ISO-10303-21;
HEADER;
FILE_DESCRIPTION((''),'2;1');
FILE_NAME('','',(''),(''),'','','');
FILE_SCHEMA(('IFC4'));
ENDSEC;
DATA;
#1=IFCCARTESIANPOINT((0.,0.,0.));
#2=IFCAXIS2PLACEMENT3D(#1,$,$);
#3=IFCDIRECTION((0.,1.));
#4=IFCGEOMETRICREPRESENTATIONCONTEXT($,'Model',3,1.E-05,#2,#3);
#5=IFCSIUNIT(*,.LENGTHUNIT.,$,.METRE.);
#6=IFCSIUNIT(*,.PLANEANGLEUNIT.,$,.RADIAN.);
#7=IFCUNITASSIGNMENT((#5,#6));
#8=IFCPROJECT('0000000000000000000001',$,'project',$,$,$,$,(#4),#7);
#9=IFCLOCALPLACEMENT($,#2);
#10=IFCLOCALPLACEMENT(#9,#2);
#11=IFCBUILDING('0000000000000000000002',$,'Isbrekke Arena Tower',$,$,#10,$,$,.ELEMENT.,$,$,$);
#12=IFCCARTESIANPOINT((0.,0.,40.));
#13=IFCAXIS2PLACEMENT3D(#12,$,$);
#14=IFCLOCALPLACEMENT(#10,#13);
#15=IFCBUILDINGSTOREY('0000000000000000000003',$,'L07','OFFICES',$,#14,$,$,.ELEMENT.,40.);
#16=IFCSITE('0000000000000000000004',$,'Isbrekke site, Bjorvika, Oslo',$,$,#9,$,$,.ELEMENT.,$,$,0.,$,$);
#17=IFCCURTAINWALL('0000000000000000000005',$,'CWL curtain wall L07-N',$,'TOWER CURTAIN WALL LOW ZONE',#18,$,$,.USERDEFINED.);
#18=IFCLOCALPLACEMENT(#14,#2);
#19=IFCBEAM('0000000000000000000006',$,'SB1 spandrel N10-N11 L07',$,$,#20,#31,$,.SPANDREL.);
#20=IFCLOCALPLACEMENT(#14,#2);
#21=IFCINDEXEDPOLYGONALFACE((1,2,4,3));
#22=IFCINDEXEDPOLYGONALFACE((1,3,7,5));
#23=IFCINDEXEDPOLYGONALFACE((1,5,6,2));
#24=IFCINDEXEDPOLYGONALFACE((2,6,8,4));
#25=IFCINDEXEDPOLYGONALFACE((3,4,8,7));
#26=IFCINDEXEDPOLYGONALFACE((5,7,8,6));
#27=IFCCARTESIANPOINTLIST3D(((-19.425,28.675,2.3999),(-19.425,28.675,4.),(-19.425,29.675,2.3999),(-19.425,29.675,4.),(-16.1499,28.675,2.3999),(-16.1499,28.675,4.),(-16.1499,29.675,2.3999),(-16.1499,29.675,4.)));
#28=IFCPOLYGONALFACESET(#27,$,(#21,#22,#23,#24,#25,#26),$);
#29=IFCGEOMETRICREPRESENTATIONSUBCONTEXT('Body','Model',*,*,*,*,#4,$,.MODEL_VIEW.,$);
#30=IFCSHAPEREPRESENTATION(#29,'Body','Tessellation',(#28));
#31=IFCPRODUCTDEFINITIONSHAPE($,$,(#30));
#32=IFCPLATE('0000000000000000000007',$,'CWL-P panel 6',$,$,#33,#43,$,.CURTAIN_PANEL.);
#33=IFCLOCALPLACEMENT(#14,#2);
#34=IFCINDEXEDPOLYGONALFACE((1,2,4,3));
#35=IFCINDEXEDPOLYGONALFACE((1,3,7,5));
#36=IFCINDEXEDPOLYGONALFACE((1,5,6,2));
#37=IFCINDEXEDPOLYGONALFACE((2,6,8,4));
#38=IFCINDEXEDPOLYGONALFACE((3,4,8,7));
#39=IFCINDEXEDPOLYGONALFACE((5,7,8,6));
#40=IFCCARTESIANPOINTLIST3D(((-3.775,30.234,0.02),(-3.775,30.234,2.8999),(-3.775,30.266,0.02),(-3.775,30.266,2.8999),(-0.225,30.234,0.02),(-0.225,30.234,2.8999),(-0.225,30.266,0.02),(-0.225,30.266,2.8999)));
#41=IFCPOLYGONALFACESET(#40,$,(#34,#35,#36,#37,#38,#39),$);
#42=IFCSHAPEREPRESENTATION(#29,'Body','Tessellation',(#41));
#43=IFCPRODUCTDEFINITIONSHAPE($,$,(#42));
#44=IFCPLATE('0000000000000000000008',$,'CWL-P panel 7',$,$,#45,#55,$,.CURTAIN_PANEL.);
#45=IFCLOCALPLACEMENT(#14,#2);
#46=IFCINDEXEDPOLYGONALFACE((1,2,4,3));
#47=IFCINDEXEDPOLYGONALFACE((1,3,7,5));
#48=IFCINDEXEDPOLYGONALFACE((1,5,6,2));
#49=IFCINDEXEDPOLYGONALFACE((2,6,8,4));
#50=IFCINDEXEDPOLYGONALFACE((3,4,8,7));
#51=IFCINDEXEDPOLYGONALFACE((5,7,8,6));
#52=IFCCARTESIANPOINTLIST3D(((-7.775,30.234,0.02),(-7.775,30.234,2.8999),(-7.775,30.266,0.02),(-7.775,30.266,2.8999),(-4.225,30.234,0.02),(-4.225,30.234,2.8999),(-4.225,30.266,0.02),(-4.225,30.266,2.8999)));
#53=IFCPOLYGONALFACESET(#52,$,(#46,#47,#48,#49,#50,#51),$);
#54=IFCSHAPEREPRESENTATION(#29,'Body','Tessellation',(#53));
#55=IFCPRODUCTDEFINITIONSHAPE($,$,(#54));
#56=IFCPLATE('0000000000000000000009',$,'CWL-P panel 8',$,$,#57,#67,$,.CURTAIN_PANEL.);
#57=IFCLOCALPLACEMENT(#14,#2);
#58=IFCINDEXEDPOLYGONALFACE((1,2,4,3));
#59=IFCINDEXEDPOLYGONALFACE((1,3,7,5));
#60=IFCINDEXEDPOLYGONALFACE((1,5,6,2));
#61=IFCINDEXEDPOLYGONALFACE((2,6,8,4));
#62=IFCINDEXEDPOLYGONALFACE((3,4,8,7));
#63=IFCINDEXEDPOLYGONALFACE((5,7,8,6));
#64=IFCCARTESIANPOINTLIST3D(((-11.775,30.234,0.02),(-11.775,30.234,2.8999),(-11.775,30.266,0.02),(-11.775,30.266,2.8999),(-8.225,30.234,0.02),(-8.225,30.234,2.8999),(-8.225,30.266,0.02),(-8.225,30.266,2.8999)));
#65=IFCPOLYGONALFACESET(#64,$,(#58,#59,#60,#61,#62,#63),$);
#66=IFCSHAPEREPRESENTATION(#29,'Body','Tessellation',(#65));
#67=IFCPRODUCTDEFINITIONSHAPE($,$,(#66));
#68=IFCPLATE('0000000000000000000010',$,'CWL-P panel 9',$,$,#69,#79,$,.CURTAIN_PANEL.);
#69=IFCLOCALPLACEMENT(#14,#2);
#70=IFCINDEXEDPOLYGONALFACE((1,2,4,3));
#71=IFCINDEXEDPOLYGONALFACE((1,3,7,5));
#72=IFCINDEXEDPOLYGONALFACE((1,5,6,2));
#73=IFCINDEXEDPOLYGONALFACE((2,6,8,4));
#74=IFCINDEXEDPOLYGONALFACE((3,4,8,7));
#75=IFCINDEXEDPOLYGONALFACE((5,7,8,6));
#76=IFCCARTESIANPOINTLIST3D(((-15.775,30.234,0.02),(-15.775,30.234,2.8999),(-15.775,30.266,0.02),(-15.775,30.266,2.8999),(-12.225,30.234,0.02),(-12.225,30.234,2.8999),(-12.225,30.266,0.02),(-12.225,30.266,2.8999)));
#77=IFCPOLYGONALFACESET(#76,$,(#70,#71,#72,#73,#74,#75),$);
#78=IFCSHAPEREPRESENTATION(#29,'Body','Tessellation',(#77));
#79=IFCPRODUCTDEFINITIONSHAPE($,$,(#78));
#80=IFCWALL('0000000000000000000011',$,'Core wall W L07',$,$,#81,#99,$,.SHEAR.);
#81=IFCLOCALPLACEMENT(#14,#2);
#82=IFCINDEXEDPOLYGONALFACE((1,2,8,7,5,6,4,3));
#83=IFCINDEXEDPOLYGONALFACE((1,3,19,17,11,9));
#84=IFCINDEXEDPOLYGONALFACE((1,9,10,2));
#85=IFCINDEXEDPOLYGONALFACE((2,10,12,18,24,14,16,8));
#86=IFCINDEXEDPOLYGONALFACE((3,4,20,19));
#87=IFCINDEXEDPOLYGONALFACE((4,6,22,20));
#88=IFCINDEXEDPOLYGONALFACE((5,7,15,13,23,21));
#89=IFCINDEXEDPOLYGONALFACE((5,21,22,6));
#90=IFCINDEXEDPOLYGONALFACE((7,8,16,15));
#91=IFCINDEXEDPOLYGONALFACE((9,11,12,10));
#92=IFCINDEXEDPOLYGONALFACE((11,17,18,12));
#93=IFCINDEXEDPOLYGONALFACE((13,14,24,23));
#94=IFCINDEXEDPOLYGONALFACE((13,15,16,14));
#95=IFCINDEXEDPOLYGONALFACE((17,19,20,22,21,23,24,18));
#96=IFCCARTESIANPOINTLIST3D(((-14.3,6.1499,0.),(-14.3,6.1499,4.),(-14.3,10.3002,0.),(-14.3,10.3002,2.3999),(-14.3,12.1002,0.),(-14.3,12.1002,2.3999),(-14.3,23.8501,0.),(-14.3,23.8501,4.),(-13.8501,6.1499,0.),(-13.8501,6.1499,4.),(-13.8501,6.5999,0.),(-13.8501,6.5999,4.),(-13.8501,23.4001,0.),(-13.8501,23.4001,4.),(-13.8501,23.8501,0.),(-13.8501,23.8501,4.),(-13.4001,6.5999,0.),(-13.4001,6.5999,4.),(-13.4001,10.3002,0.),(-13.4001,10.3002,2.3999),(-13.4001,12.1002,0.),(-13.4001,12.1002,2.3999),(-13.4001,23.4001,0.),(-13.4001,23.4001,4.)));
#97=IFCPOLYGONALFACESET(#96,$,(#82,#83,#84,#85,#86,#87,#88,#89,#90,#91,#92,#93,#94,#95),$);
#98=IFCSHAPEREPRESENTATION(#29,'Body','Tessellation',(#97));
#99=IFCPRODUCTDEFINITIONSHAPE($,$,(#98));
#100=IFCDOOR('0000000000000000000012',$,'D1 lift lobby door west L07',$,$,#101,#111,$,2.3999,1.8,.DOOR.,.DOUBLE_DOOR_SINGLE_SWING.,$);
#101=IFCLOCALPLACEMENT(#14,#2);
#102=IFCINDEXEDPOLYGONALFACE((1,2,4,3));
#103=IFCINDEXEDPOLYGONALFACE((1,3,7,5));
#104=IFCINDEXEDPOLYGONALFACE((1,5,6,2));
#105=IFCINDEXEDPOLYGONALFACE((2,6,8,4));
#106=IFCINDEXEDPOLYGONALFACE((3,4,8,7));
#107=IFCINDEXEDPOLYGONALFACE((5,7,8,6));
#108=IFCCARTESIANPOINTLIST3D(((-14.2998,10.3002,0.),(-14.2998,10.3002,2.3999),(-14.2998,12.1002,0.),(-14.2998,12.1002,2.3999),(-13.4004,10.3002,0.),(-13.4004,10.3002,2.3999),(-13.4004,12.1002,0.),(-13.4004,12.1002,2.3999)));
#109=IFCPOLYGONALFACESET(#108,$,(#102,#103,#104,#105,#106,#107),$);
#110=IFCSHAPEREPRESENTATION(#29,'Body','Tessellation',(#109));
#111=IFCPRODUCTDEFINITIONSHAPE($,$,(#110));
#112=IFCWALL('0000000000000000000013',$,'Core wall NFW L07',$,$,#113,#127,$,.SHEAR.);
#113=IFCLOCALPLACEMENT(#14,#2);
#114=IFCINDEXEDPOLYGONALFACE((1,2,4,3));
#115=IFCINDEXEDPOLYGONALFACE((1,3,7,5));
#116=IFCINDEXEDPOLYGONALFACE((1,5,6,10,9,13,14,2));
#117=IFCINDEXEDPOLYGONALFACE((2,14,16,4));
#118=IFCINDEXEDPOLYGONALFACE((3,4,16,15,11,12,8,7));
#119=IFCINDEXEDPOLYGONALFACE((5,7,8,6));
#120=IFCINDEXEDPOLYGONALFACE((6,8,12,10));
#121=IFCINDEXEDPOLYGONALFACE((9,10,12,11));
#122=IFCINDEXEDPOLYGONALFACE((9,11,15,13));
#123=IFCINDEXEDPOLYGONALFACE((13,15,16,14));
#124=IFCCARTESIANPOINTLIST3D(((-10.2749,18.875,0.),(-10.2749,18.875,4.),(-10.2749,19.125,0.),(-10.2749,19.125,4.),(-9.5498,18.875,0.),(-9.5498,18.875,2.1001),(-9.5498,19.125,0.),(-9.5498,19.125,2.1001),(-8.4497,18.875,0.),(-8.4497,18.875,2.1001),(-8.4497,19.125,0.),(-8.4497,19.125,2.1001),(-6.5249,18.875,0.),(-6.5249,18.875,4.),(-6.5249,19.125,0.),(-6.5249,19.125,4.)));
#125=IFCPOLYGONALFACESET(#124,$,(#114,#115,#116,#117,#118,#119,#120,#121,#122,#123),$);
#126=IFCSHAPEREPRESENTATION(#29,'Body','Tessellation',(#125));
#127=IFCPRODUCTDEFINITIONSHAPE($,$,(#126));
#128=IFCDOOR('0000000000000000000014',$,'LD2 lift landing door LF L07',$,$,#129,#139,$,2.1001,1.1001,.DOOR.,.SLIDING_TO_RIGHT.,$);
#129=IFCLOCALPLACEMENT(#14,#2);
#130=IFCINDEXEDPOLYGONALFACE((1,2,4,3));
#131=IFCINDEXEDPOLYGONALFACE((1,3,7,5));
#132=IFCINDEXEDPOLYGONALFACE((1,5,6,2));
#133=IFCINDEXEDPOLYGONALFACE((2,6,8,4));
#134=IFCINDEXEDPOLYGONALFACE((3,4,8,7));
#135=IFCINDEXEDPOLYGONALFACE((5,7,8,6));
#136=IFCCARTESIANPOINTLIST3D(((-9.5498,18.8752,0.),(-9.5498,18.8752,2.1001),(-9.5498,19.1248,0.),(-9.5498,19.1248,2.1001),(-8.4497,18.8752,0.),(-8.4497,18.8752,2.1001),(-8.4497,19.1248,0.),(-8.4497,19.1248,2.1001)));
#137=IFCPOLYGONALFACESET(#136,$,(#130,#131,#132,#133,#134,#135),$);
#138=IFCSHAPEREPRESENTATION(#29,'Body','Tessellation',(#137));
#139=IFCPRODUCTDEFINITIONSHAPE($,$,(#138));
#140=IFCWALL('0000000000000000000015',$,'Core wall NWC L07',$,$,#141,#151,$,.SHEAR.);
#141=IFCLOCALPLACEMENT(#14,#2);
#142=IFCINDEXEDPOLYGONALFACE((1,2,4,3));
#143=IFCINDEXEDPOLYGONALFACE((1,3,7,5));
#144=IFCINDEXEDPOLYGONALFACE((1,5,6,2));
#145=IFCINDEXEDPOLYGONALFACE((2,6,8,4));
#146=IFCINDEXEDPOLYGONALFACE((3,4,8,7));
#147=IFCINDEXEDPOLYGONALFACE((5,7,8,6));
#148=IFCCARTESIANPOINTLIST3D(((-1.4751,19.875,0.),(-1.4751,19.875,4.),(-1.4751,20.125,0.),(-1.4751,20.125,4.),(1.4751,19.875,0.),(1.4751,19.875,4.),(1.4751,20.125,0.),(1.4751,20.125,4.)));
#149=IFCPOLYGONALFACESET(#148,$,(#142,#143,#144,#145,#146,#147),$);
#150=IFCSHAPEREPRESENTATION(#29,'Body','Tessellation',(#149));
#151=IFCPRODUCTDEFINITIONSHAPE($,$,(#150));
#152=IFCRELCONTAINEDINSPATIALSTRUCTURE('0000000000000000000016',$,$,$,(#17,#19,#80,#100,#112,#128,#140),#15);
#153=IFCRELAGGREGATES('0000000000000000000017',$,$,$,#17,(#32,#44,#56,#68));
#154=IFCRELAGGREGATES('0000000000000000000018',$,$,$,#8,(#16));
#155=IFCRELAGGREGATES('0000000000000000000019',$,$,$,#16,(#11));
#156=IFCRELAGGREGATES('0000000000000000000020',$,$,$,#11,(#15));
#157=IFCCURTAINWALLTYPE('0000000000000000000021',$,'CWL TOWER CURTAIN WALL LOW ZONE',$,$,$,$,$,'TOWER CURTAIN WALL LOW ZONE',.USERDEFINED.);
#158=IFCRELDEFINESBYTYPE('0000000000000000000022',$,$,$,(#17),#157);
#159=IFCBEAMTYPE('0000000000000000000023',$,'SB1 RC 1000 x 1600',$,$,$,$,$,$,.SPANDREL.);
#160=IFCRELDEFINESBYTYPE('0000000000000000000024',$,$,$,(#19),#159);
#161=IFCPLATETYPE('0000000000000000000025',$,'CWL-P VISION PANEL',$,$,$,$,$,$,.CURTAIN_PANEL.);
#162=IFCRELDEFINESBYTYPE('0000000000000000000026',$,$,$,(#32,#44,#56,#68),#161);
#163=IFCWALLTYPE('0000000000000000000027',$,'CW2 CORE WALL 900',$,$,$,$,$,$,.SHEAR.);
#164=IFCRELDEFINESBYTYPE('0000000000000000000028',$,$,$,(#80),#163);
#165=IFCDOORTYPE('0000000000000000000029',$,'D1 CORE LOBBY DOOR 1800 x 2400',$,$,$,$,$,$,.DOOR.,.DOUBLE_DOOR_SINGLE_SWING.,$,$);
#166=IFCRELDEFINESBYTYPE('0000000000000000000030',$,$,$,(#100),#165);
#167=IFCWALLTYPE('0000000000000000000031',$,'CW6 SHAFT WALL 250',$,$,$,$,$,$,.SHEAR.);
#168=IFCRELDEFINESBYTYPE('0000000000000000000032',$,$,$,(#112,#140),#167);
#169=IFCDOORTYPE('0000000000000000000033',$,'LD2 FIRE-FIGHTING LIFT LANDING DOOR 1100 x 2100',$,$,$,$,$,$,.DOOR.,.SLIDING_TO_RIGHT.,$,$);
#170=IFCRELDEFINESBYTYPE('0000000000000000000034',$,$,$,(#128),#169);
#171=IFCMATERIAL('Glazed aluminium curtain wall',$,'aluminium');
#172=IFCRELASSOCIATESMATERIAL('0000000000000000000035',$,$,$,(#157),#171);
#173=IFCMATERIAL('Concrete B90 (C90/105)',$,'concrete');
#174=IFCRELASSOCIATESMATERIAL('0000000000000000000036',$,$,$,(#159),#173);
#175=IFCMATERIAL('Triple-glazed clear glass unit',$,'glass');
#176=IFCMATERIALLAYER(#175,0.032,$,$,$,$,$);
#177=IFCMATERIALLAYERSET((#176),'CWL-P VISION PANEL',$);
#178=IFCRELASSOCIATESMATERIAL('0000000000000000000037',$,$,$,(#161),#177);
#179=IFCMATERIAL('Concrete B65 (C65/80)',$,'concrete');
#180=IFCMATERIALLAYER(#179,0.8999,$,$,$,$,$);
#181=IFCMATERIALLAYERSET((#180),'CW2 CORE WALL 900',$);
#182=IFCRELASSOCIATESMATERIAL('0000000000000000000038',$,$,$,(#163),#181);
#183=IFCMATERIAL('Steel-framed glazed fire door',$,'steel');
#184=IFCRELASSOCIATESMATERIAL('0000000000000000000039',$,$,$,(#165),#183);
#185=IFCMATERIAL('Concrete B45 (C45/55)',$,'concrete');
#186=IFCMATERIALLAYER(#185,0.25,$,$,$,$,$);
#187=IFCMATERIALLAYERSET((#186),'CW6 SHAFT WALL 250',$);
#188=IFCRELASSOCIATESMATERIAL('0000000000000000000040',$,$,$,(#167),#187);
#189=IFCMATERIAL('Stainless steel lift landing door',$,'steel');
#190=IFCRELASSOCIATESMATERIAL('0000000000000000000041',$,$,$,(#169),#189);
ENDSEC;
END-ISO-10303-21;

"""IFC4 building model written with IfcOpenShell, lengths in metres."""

from ifc_helpers import new_model, si_unit, direction, frame, frame_2d, origin, origin_2d, place, context, subcontext, project, spatial, polyline, rectangle, outline, extrude, material, layer, layer_set, material_profile, profile_set, type_object, element, fill, aggregate, save


model = new_model("IFC4")

# Units and contexts
model_context = context("Model", 3, precision=1e-05, world=origin(), true_north=direction((0.0, 1.0)))
body_context = subcontext(model_context, "Body", "Model", "MODEL_VIEW")
ifc_project = project(units=[si_unit("LENGTHUNIT", "METRE"), si_unit("PLANEANGLEUNIT", "RADIAN")], contexts=[model_context])

# Site, building, storey
site_placement = place(None, origin())
site = spatial("IfcSite", under=ifc_project, at=site_placement, Name="Isbrekke site, Bjorvika, Oslo", CompositionType="ELEMENT", RefElevation=0.0)
building_placement = place(site_placement, origin())
building = spatial("IfcBuilding", under=site, at=building_placement, Name="Isbrekke Arena Tower", CompositionType="ELEMENT")
storey_placement = place(building_placement, frame((0.0, 0.0, 40.0)))
storey = spatial("IfcBuildingStorey", under=building, at=storey_placement, Name="L07", Description="OFFICES", CompositionType="ELEMENT", Elevation=40.0)

# Curtain wall
ifc_material_1 = material(Name="Glazed aluminium curtain wall", Category="aluminium")
curtain_wall_type = type_object("IfcCurtainWallType", Name="CWL TOWER CURTAIN WALL LOW ZONE", ElementType="TOWER CURTAIN WALL LOW ZONE", PredefinedType="USERDEFINED", material=ifc_material_1)
curtain_wall_placement = place(storey_placement, origin())
curtain_wall = element("IfcCurtainWall", 1, at=curtain_wall_placement, inside=storey, type_object=curtain_wall_type, Name="CWL curtain wall L07-N", ObjectType="TOWER CURTAIN WALL LOW ZONE", PredefinedType="USERDEFINED")

# Beam
ifc_material_2 = material(Name="Concrete B90 (C90/105)", Category="concrete")
ifc_material_profile_1 = material_profile(ifc_material_2, rectangle(XDim=1.0, YDim=1.6001, at=origin_2d()), Name="RC 1000x1600")
ifc_profile_set_1 = profile_set([ifc_material_profile_1], Name="Concrete B90 (C90/105)")
beam_type_1 = type_object("IfcBeamType", Name="SB1 RC 1000 x 1600", PredefinedType="SPANDREL", material=ifc_profile_set_1)
beam_1_placement = place(storey_placement, frame((-16.1499, 29.175, 3.2), z_axis=(-1.0, 0.0, 0.0), x_axis=(0.0, -1.0, 0.0)))
element("IfcBeam", 2, at=beam_1_placement, inside=storey, type_object=beam_type_1, Name="SB1 spandrel N10-N11 L07", PredefinedType="SPANDREL", context=body_context, shape_type="SweptSolid", body=[
    extrude(rectangle(XDim=1.0, YDim=1.6001, at=origin_2d()), origin(), (0.0, 0.0, 1.0), 3.2751),
])

# Plates
ifc_material_3 = material(Name="Triple-glazed clear glass unit", Category="glass")
ifc_layer_1 = layer(ifc_material_3, 0.032)
ifc_layer_set_1 = layer_set([ifc_layer_1], Name="CWL-P VISION PANEL")
plate_type = type_object("IfcPlateType", Name="CWL-P VISION PANEL", PredefinedType="CURTAIN_PANEL", material=ifc_layer_set_1)
plate_1_placement = place(storey_placement, frame((-2.0, 30.25, 0.02), z_axis=(0.0, 0.0, 1.0), x_axis=(-1.0, 0.0, 0.0)))
plate_1 = element("IfcPlate", 3, at=plate_1_placement, type_object=plate_type, Name="CWL-P panel 6", PredefinedType="CURTAIN_PANEL", context=body_context, shape_type="SweptSolid", body=[
    extrude(rectangle(XDim=3.55, YDim=0.032, at=origin_2d()), origin(), (0.0, 0.0, 1.0), 2.8799),
])
plate_2_placement = place(storey_placement, frame((-6.0, 30.25, 0.02), z_axis=(0.0, 0.0, 1.0), x_axis=(-1.0, 0.0, 0.0)))
plate_2 = element("IfcPlate", 4, at=plate_2_placement, type_object=plate_type, Name="CWL-P panel 7", PredefinedType="CURTAIN_PANEL", context=body_context, shape_type="SweptSolid", body=[
    extrude(rectangle(XDim=3.55, YDim=0.032, at=origin_2d()), origin(), (0.0, 0.0, 1.0), 2.8799),
])
plate_3_placement = place(storey_placement, frame((-10.0, 30.25, 0.02), z_axis=(0.0, 0.0, 1.0), x_axis=(-1.0, 0.0, 0.0)))
plate_3 = element("IfcPlate", 5, at=plate_3_placement, type_object=plate_type, Name="CWL-P panel 8", PredefinedType="CURTAIN_PANEL", context=body_context, shape_type="SweptSolid", body=[
    extrude(rectangle(XDim=3.55, YDim=0.032, at=origin_2d()), origin(), (0.0, 0.0, 1.0), 2.8799),
])
plate_4_placement = place(storey_placement, frame((-14.0, 30.25, 0.02), z_axis=(0.0, 0.0, 1.0), x_axis=(-1.0, 0.0, 0.0)))
plate_4 = element("IfcPlate", 6, at=plate_4_placement, type_object=plate_type, Name="CWL-P panel 9", PredefinedType="CURTAIN_PANEL", context=body_context, shape_type="SweptSolid", body=[
    extrude(rectangle(XDim=3.55, YDim=0.032, at=origin_2d()), origin(), (0.0, 0.0, 1.0), 2.8799),
])
aggregate(curtain_wall, [plate_1, plate_2, plate_3, plate_4])

# Walls, openings, doors
ifc_material_4 = material(Name="Concrete B65 (C65/80)", Category="concrete")
ifc_layer_2 = layer(ifc_material_4, 0.8999)
ifc_layer_set_2 = layer_set([ifc_layer_2], Name="CW2 CORE WALL 900")
wall_type_1 = type_object("IfcWallType", Name="CW2 CORE WALL 900", PredefinedType="SHEAR", material=ifc_layer_set_2)
wall_1_placement = place(storey_placement, frame((-13.8501, 23.8501, 0.0), z_axis=(0.0, 0.0, 1.0), x_axis=(0.0, -1.0, 0.0)))
wall_1 = element("IfcWall", 7, at=wall_1_placement, inside=storey, type_object=wall_type_1, Name="Core wall W L07", PredefinedType="SHEAR", context=body_context, shape_type="SweptSolid", body=[
    extrude(outline(polyline([(0.0, -0.45), (17.7002, -0.45), (17.7002, 0.0), (17.2502, 0.0), (17.2502, 0.45), (0.45, 0.45), (0.45, 0.0), (0.0, 0.0), (0.0, -0.45)])), origin(), (0.0, 0.0, 1.0), 4.0),
])
opening_1_placement = place(wall_1_placement, frame((11.75, 0.0, 0.0)))
opening_1 = element("IfcOpeningElement", 8, at=opening_1_placement, cuts=wall_1, PredefinedType="OPENING", context=body_context, shape_type="SweptSolid", body=[
    extrude(rectangle(XDim=1.8, YDim=2.3999, at=frame_2d((0.8999, 1.2))), frame((0.0, 0.4648, 0.0), z_axis=(0.0, -1.0, 0.0), x_axis=(1.0, 0.0, 0.0)), (0.0, 0.0, 1.0), 0.9297),
])
ifc_material_5 = material(Name="Steel-framed glazed fire door", Category="steel")
door_type_1 = type_object("IfcDoorType", Name="D1 CORE LOBBY DOOR 1800 x 2400", OperationType="DOUBLE_DOOR_SINGLE_SWING", PredefinedType="DOOR", material=ifc_material_5)
door_1_placement = place(opening_1_placement, origin())
door_1 = element("IfcDoor", 9, at=door_1_placement, inside=storey, type_object=door_type_1, Name="D1 lift lobby door west L07", OperationType="DOUBLE_DOOR_SINGLE_SWING", OverallHeight=2.3999, OverallWidth=1.8, PredefinedType="DOOR", context=body_context, shape_type="SweptSolid", body=[
    extrude(rectangle(XDim=1.8, YDim=2.3999, at=frame_2d((0.8999, 1.2))), frame((0.0, 0.4497, 0.0), z_axis=(0.0, -1.0, 0.0), x_axis=(1.0, 0.0, 0.0)), (0.0, 0.0, 1.0), 0.8994),
])
fill(opening_1, door_1)
ifc_material_6 = material(Name="Concrete B45 (C45/55)", Category="concrete")
ifc_layer_3 = layer(ifc_material_6, 0.25)
ifc_layer_set_3 = layer_set([ifc_layer_3], Name="CW6 SHAFT WALL 250")
wall_type_2 = type_object("IfcWallType", Name="CW6 SHAFT WALL 250", PredefinedType="SHEAR", material=ifc_layer_set_3)
wall_2_placement = place(storey_placement, frame((-10.2749, 19.0, 0.0), z_axis=(0.0, 0.0, 1.0), x_axis=(1.0, 0.0, 0.0)))
wall_2 = element("IfcWall", 10, at=wall_2_placement, inside=storey, type_object=wall_type_2, Name="Core wall NFW L07", PredefinedType="SHEAR", context=body_context, shape_type="SweptSolid", body=[
    extrude(rectangle(XDim=3.75, YDim=0.25, at=frame_2d((1.875, 0.0))), origin(), (0.0, 0.0, 1.0), 4.0),
])
opening_2_placement = place(wall_2_placement, frame((0.7251, 0.0, 0.0)))
opening_2 = element("IfcOpeningElement", 11, at=opening_2_placement, cuts=wall_2, PredefinedType="OPENING", context=body_context, shape_type="SweptSolid", body=[
    extrude(rectangle(XDim=1.1001, YDim=2.1001, at=frame_2d((0.55, 1.05))), frame((0.0, 0.1399, 0.0), z_axis=(0.0, -1.0, 0.0), x_axis=(1.0, 0.0, 0.0)), (0.0, 0.0, 1.0), 0.2798),
])
ifc_material_7 = material(Name="Stainless steel lift landing door", Category="steel")
door_type_2 = type_object("IfcDoorType", Name="LD2 FIRE-FIGHTING LIFT LANDING DOOR 1100 x 2100", OperationType="SLIDING_TO_RIGHT", PredefinedType="DOOR", material=ifc_material_7)
door_2_placement = place(opening_2_placement, origin())
door_2 = element("IfcDoor", 12, at=door_2_placement, inside=storey, type_object=door_type_2, Name="LD2 lift landing door LF L07", OperationType="SLIDING_TO_RIGHT", OverallHeight=2.1001, OverallWidth=1.1001, PredefinedType="DOOR", context=body_context, shape_type="SweptSolid", body=[
    extrude(rectangle(XDim=1.1001, YDim=2.1001, at=frame_2d((0.55, 1.05))), frame((0.0, 0.1248, 0.0), z_axis=(0.0, -1.0, 0.0), x_axis=(1.0, 0.0, 0.0)), (0.0, 0.0, 1.0), 0.2495),
])
fill(opening_2, door_2)

# Wall
wall_3_placement = place(storey_placement, frame((-1.4751, 20.0, 0.0), z_axis=(0.0, 0.0, 1.0), x_axis=(1.0, 0.0, 0.0)))
element("IfcWall", 13, at=wall_3_placement, inside=storey, type_object=wall_type_2, Name="Core wall NWC L07", PredefinedType="SHEAR", context=body_context, shape_type="SweptSolid", body=[
    extrude(rectangle(XDim=2.9502, YDim=0.25, at=frame_2d((1.4751, 0.0))), origin(), (0.0, 0.0, 1.0), 4.0),
])

save(model, "model.ifc")
